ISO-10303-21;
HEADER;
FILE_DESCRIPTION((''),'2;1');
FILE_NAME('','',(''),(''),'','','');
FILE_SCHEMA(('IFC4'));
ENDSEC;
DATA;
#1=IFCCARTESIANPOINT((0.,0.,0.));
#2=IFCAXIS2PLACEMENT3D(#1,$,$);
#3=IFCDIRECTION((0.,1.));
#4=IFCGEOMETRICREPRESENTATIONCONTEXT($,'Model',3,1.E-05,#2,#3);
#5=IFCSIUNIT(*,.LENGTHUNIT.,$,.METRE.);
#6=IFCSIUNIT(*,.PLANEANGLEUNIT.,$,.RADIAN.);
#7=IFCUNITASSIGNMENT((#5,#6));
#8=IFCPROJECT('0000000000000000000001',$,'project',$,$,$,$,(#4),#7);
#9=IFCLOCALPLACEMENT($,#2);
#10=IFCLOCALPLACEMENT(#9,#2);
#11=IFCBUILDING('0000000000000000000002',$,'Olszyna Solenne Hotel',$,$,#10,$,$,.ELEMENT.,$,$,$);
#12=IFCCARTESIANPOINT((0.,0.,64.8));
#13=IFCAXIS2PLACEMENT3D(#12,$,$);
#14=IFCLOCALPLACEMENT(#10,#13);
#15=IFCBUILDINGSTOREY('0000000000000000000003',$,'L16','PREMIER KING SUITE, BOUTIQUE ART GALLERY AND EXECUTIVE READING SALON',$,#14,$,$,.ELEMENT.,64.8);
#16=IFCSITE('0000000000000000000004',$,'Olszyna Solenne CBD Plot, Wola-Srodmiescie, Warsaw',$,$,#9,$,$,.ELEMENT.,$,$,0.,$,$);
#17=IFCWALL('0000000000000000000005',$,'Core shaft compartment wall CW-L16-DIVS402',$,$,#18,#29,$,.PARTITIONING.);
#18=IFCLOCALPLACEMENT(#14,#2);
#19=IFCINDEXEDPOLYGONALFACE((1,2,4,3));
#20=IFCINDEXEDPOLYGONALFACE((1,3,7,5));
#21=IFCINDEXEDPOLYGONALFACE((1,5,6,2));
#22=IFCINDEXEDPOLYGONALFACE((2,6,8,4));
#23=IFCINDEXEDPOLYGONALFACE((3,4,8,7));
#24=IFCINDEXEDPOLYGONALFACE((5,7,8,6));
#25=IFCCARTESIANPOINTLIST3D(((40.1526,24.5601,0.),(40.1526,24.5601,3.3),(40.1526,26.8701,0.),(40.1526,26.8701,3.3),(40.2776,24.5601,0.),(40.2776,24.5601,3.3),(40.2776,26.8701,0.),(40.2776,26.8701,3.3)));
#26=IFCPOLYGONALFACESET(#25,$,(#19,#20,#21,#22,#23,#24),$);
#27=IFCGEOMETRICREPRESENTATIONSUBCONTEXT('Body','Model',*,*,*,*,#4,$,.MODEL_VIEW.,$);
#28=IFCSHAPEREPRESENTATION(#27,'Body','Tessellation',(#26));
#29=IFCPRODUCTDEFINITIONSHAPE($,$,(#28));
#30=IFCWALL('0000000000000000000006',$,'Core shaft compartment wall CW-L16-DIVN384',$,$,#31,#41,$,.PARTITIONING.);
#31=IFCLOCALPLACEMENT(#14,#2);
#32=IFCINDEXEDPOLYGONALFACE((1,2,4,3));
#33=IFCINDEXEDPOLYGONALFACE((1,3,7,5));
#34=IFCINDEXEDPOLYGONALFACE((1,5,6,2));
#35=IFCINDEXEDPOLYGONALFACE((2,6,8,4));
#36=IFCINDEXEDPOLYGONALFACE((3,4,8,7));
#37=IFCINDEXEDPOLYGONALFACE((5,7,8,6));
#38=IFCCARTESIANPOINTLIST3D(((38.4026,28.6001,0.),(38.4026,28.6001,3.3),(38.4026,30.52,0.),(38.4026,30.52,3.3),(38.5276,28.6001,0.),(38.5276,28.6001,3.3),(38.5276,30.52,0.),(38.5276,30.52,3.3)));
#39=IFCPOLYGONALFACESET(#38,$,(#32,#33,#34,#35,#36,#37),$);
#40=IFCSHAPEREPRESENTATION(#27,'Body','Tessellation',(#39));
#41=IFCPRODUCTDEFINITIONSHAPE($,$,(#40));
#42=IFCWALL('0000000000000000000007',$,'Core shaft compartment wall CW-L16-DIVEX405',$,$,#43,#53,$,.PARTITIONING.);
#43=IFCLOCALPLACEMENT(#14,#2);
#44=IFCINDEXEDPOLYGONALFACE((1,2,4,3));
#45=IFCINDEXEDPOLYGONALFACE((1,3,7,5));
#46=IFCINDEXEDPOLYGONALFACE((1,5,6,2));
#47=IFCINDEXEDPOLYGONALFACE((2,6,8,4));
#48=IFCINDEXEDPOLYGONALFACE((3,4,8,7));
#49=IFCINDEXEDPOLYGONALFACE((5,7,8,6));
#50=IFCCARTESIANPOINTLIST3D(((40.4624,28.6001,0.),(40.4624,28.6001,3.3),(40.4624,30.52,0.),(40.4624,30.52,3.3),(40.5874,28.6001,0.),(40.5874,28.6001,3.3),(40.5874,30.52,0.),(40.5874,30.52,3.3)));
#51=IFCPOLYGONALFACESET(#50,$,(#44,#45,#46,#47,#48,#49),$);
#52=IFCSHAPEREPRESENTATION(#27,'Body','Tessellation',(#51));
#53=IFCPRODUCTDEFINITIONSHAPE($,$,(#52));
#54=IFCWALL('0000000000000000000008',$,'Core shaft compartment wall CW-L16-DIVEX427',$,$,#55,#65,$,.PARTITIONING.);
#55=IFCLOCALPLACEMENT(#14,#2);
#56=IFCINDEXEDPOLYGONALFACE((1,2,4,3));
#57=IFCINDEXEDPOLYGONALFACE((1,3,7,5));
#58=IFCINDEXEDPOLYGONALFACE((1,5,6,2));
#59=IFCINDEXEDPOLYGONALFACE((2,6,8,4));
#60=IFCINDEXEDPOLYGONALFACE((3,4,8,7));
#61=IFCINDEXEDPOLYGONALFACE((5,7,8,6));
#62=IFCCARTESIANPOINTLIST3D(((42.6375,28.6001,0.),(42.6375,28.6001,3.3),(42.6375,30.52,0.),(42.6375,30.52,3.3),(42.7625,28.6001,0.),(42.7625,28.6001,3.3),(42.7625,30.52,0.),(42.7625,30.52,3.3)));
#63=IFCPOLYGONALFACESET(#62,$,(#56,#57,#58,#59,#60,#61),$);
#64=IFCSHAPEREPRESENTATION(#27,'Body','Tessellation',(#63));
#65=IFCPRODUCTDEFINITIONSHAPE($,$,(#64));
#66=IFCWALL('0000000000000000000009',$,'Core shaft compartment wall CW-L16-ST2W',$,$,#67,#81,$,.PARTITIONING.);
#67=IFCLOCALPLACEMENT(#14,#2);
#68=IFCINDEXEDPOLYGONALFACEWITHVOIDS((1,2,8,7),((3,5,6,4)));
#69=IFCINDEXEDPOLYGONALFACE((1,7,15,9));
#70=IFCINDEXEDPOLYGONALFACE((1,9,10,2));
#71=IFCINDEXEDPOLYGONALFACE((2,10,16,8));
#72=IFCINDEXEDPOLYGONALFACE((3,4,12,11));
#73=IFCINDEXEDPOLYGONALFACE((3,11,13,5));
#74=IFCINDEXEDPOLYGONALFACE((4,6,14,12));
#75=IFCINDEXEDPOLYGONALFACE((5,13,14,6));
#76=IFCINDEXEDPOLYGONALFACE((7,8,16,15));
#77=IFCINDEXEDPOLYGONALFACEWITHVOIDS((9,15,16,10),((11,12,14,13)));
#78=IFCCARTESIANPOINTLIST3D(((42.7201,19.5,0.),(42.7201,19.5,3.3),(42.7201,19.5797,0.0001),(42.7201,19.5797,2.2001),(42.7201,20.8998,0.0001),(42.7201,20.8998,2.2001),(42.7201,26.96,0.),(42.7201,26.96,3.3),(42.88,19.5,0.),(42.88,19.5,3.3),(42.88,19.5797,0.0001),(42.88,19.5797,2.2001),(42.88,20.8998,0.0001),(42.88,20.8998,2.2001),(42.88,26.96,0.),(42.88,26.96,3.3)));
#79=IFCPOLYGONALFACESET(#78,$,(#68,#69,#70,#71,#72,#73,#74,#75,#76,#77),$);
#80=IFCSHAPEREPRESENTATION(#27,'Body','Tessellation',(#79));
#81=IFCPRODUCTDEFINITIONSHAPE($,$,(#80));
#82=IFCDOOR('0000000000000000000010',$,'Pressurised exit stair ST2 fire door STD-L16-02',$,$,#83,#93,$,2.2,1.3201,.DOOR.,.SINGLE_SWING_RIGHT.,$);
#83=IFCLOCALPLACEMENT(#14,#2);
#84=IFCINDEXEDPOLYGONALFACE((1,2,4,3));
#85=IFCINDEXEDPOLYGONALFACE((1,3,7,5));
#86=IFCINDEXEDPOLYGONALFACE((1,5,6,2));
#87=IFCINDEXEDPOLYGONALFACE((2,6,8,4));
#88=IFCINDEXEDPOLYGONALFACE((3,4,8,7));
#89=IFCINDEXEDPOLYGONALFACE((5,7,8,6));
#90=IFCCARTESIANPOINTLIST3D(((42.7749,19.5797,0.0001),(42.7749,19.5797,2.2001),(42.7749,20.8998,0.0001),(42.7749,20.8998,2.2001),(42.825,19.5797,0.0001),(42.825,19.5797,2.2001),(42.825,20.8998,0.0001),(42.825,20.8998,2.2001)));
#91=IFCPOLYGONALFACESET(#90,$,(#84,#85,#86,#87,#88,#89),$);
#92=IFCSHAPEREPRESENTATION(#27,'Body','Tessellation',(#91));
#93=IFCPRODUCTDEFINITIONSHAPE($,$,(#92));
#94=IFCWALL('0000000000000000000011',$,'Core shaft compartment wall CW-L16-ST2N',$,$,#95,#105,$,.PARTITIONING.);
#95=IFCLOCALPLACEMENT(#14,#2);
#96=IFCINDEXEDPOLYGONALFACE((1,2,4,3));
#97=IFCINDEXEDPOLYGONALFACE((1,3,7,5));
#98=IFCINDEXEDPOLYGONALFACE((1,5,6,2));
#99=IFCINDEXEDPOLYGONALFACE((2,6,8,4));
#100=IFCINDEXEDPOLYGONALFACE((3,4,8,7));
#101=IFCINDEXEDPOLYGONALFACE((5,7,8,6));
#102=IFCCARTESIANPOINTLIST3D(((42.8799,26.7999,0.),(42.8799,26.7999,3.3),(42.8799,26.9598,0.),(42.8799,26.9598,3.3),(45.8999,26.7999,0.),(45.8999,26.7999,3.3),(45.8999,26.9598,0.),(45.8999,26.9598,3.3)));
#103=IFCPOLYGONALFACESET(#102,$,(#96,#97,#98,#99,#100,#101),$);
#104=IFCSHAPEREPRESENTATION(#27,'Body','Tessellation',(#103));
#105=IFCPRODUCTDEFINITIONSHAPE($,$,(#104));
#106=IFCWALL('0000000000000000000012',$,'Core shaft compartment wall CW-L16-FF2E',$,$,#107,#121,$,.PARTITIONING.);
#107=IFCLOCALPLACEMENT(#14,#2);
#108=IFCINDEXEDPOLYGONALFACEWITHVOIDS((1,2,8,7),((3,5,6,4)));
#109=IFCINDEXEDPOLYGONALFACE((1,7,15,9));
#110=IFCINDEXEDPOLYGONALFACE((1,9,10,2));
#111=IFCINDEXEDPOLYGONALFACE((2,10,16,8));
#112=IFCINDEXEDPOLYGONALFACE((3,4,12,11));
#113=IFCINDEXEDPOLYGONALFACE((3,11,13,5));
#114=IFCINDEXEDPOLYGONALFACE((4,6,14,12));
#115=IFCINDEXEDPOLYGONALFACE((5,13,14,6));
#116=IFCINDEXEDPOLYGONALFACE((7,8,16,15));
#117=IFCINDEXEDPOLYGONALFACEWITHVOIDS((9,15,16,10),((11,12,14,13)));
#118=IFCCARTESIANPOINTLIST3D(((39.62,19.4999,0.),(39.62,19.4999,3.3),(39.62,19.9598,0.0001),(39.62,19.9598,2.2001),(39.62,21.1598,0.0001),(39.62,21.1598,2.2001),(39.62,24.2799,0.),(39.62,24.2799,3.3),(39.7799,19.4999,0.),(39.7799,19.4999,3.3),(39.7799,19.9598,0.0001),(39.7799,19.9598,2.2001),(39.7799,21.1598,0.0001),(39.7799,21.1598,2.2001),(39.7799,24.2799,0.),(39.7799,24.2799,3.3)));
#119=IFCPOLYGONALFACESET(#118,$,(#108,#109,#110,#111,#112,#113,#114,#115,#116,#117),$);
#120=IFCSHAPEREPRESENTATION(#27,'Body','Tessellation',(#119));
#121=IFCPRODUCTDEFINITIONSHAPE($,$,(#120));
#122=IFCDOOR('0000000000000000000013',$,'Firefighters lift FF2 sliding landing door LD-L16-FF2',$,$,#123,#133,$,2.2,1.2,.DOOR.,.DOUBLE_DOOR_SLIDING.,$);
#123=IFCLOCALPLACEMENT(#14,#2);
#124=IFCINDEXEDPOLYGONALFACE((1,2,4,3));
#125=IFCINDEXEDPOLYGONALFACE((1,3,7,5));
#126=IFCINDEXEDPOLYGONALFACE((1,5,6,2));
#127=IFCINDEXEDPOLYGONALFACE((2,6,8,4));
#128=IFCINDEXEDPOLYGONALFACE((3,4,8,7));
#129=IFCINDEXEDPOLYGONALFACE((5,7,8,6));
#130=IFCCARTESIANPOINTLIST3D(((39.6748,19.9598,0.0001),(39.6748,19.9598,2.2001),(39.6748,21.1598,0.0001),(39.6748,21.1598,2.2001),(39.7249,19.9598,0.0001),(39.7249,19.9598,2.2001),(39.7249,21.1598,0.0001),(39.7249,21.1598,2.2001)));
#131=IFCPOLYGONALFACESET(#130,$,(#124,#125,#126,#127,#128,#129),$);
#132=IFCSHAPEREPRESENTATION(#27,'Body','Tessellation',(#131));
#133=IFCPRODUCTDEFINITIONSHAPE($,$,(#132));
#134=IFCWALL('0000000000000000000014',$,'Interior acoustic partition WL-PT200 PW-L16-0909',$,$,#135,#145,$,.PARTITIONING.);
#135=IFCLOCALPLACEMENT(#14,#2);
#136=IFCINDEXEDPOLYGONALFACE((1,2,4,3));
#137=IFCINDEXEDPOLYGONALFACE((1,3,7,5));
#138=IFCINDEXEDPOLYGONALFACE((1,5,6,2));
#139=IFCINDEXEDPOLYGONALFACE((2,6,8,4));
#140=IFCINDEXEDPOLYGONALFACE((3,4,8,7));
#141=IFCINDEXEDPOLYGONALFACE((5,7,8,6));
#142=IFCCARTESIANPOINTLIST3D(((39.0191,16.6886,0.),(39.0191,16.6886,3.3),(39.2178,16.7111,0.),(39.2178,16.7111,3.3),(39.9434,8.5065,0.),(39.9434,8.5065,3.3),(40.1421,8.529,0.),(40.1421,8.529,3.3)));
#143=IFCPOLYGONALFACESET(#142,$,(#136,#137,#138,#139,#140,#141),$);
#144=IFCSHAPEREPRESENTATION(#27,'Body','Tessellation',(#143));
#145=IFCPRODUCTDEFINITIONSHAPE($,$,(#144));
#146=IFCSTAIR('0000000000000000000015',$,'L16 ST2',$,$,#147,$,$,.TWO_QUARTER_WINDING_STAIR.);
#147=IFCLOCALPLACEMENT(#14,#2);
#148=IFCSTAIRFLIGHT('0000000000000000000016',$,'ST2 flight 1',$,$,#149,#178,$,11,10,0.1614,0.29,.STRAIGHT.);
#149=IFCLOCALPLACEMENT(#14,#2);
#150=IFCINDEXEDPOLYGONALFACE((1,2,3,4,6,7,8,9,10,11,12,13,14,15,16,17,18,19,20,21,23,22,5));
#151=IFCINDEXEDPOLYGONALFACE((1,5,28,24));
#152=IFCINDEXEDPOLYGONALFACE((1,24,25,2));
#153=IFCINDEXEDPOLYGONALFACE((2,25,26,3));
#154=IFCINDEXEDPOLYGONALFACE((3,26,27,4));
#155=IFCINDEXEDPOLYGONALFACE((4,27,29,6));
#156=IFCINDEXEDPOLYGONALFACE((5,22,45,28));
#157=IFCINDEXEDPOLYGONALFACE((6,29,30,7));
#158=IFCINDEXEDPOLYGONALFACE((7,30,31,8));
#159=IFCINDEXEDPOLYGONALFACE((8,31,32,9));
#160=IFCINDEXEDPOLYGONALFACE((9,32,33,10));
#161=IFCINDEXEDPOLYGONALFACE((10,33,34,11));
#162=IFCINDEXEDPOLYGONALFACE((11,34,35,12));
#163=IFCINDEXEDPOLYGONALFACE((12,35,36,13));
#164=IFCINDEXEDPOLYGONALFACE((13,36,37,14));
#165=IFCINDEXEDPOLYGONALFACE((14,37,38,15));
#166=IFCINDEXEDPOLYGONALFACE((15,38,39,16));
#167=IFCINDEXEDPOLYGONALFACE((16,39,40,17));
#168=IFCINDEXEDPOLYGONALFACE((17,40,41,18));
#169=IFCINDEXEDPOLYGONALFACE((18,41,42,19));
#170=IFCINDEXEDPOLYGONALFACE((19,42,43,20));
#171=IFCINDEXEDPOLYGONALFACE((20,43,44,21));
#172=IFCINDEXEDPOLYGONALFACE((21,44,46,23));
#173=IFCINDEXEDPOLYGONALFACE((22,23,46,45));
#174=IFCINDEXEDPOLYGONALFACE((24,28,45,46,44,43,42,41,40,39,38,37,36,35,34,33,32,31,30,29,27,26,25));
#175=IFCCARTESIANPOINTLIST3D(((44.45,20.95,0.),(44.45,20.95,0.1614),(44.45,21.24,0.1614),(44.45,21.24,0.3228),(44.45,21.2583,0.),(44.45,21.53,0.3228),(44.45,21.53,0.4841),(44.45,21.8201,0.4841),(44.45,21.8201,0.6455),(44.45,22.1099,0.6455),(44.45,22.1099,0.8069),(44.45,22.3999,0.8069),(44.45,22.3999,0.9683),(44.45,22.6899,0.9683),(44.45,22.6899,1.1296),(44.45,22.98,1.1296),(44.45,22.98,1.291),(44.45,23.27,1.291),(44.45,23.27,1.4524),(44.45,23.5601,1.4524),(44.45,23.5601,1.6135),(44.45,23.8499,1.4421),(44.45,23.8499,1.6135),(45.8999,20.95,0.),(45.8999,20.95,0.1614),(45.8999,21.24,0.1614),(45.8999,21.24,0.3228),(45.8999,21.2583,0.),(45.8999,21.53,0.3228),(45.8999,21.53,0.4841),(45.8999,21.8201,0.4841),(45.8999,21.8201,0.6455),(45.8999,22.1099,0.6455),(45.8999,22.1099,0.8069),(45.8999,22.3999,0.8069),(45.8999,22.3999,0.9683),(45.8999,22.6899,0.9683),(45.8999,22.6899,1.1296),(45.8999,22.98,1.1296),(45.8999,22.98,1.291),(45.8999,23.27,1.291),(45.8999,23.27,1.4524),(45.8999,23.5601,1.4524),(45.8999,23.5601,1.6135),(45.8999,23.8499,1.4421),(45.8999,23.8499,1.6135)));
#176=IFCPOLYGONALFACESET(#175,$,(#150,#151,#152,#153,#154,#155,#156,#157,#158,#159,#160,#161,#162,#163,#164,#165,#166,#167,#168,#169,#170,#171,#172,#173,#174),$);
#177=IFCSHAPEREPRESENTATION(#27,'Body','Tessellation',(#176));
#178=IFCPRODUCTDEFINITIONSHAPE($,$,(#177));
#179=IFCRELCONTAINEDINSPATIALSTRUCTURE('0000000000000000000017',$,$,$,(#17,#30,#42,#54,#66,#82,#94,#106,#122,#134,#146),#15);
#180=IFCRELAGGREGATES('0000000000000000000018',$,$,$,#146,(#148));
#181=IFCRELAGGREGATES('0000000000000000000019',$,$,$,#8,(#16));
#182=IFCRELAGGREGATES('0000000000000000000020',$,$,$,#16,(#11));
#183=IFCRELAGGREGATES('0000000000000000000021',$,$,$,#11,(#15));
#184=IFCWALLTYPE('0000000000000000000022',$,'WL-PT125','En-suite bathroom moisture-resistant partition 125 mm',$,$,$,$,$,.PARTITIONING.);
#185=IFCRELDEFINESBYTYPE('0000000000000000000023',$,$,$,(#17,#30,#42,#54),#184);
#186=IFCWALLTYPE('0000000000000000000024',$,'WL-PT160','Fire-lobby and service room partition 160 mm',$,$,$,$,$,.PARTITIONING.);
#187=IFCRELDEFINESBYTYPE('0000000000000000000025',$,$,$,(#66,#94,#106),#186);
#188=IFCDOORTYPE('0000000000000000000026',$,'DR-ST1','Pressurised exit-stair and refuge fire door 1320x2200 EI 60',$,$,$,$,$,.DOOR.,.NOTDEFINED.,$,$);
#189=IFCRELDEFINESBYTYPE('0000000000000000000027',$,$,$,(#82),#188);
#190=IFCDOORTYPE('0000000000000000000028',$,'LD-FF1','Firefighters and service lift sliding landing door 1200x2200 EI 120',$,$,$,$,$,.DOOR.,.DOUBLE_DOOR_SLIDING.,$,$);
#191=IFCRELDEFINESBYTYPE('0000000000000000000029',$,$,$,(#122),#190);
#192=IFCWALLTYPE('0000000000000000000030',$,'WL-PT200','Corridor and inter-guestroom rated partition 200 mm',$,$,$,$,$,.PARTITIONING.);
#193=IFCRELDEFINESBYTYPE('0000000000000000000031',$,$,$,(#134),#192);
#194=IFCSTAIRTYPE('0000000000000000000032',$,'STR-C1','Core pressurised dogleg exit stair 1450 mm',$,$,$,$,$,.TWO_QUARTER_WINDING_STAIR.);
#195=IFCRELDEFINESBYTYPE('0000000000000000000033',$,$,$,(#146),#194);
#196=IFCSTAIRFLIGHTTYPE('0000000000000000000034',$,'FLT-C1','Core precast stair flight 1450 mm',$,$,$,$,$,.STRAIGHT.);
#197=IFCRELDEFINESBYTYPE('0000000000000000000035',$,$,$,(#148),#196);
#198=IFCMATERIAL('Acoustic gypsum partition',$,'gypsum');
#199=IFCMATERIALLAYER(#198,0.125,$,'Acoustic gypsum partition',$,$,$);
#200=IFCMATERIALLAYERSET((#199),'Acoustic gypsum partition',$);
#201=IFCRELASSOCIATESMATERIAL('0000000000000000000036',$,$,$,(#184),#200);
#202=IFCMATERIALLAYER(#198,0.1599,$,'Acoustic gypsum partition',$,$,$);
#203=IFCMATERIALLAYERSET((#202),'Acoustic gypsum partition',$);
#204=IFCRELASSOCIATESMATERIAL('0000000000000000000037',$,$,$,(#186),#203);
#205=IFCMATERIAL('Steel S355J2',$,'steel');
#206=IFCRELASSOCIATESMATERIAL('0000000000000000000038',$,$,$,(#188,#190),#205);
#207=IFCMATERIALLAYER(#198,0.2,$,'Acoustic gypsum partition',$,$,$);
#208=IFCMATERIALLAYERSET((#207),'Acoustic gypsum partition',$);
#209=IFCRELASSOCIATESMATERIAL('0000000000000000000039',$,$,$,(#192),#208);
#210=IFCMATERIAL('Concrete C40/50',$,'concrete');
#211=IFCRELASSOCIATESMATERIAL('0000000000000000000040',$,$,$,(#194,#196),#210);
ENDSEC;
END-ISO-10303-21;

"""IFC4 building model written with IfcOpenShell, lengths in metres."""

from ifc_helpers import new_model, si_unit, direction, frame, frame_2d, origin, place, context, subcontext, project, spatial, polyline, rectangle, outline, extrude, source, transform, mapped, material, layer, layer_set, type_object, type_shapes, element, fill, aggregate, save


model = new_model("IFC4")

# Units and contexts
model_context = context("Model", 3, precision=1e-05, world=origin(), true_north=direction((0.0, 1.0)))
body_context = subcontext(model_context, "Body", "Model", "MODEL_VIEW")
ifc_project = project(units=[si_unit("LENGTHUNIT", "METRE"), si_unit("PLANEANGLEUNIT", "RADIAN")], contexts=[model_context])

# Site, building, storey
site_placement = place(None, origin())
site = spatial("IfcSite", under=ifc_project, at=site_placement, Name="Olszyna Solenne CBD Plot, Wola-Srodmiescie, Warsaw", CompositionType="ELEMENT", RefElevation=0.0)
building_placement = place(site_placement, origin())
building = spatial("IfcBuilding", under=site, at=building_placement, Name="Olszyna Solenne Hotel", CompositionType="ELEMENT")
storey_placement = place(building_placement, frame((0.0, 0.0, 64.8)))
storey = spatial("IfcBuildingStorey", under=building, at=storey_placement, Name="L16", Description="PREMIER KING SUITE, BOUTIQUE ART GALLERY AND EXECUTIVE READING SALON", CompositionType="ELEMENT", Elevation=64.8)

# Walls
ifc_material_1 = material(Name="Acoustic gypsum partition", Category="gypsum")
ifc_layer_1 = layer(ifc_material_1, 0.125, Name="Acoustic gypsum partition")
ifc_layer_set_1 = layer_set([ifc_layer_1], Name="Acoustic gypsum partition")
wall_type_1 = type_object("IfcWallType", Name="WL-PT125", Description="En-suite bathroom moisture-resistant partition 125 mm", PredefinedType="PARTITIONING", material=ifc_layer_set_1)
wall_1_placement = place(storey_placement, frame((40.2151, 24.5601, 0.0), z_axis=(0.0, 0.0, 1.0), x_axis=(0.0, 1.0, 0.0)))
element("IfcWall", 1, at=wall_1_placement, inside=storey, type_object=wall_type_1, Name="Core shaft compartment wall CW-L16-DIVS402", PredefinedType="PARTITIONING", context=body_context, shape_type="SweptSolid", body=[
    extrude(rectangle(XDim=2.3101, YDim=0.125, at=frame_2d((1.155, 0.0))), origin(), (0.0, 0.0, 1.0), 3.3),
])
for number, where, z_axis, x_axis, name in (
    (2, (38.4651, 28.6001, 0.0), (0.0, 0.0, 1.0), (0.0, 1.0, 0.0), "Core shaft compartment wall CW-L16-DIVN384"),
    (3, (40.5249, 28.6001, 0.0), (0.0, 0.0, 1.0), (0.0, 1.0, 0.0), "Core shaft compartment wall CW-L16-DIVEX405"),
    (4, (42.7, 28.6001, 0.0), (0.0, 0.0, 1.0), (0.0, 1.0, 0.0), "Core shaft compartment wall CW-L16-DIVEX427"),
):
    element("IfcWall", number, at=place(storey_placement, frame(where, z_axis=z_axis, x_axis=x_axis)), inside=storey, type_object=wall_type_1, Name=name, PredefinedType="PARTITIONING", context=body_context, shape_type="SweptSolid", body=[
        extrude(rectangle(XDim=1.9199, YDim=0.125, at=frame_2d((0.96, 0.0))), origin(), (0.0, 0.0, 1.0), 3.3),
    ])

# Wall, opening, door
ifc_layer_2 = layer(ifc_material_1, 0.1599, Name="Acoustic gypsum partition")
ifc_layer_set_2 = layer_set([ifc_layer_2], Name="Acoustic gypsum partition")
wall_type_2 = type_object("IfcWallType", Name="WL-PT160", Description="Fire-lobby and service room partition 160 mm", PredefinedType="PARTITIONING", material=ifc_layer_set_2)
wall_2_placement = place(storey_placement, frame((42.8, 26.96, 0.0), z_axis=(0.0, 0.0, 1.0), x_axis=(0.0, -1.0, 0.0)))
wall_2 = element("IfcWall", 5, at=wall_2_placement, inside=storey, type_object=wall_type_2, Name="Core shaft compartment wall CW-L16-ST2W", PredefinedType="PARTITIONING", context=body_context, shape_type="SweptSolid", body=[
    extrude(rectangle(XDim=7.46, YDim=0.1599, at=frame_2d((3.73, 0.0))), origin(), (0.0, 0.0, 1.0), 3.3),
])
opening_1_placement = place(wall_2_placement, frame((6.0601, 0.0, 0.0)))
opening_1 = element("IfcOpeningElement", 6, at=opening_1_placement, cuts=wall_2, PredefinedType="OPENING", context=body_context, shape_type="SweptSolid", body=[
    extrude(rectangle(XDim=1.3201, YDim=2.2, at=frame_2d((0.6602, 1.1001))), frame((0.0, 0.0898, 0.0), z_axis=(0.0, -1.0, 0.0), x_axis=(1.0, 0.0, 0.0)), (0.0, 0.0, 1.0), 0.1799),
])
ifc_material_2 = material(Name="Steel S355J2", Category="steel")
door_type_1 = type_object("IfcDoorType", Name="DR-ST1", Description="Pressurised exit-stair and refuge fire door 1320x2200 EI 60", OperationType="NOTDEFINED", PredefinedType="DOOR", material=ifc_material_2)
shared_shape_1 = source(origin(), body_context, "Body", "SweptSolid", [
    extrude(rectangle(XDim=1.3201, YDim=2.2, at=frame_2d((0.6602, 1.1001))), frame((0.0, 0.0249, 0.0), z_axis=(0.0, -1.0, 0.0), x_axis=(1.0, 0.0, 0.0)), (0.0, 0.0, 1.0), 0.05),
])
type_shapes(door_type_1, [shared_shape_1])
door_1_placement = place(opening_1_placement, origin())
door_1 = element("IfcDoor", 7, at=door_1_placement, inside=storey, type_object=door_type_1, Name="Pressurised exit stair ST2 fire door STD-L16-02", OperationType="SINGLE_SWING_RIGHT", OverallHeight=2.2, OverallWidth=1.3201, PredefinedType="DOOR", context=body_context, shape_type="MappedRepresentation", body=[
    mapped(shared_shape_1, transform((0.0, 0.0, 0.0), x_axis=(1.0, 0.0, 0.0), y_axis=(0.0, 1.0, 0.0), z_axis=(0.0, 0.0, 1.0), scale=1.0)),
])
fill(opening_1, door_1)

# Wall
wall_3_placement = place(storey_placement, frame((42.8799, 26.8799, 0.0), z_axis=(0.0, 0.0, 1.0), x_axis=(1.0, 0.0, 0.0)))
element("IfcWall", 8, at=wall_3_placement, inside=storey, type_object=wall_type_2, Name="Core shaft compartment wall CW-L16-ST2N", PredefinedType="PARTITIONING", context=body_context, shape_type="SweptSolid", body=[
    extrude(rectangle(XDim=3.02, YDim=0.1599, at=frame_2d((1.51, 0.0))), origin(), (0.0, 0.0, 1.0), 3.3),
])

# Wall, opening, door
wall_4_placement = place(storey_placement, frame((39.7, 24.28, 0.0), z_axis=(0.0, 0.0, 1.0), x_axis=(0.0, -1.0, 0.0)))
wall_4 = element("IfcWall", 9, at=wall_4_placement, inside=storey, type_object=wall_type_2, Name="Core shaft compartment wall CW-L16-FF2E", PredefinedType="PARTITIONING", context=body_context, shape_type="SweptSolid", body=[
    extrude(rectangle(XDim=4.78, YDim=0.1599, at=frame_2d((2.3901, 0.0))), origin(), (0.0, 0.0, 1.0), 3.3),
])
opening_2_placement = place(wall_4_placement, frame((3.1201, 0.0, 0.0)))
opening_2 = element("IfcOpeningElement", 10, at=opening_2_placement, cuts=wall_4, PredefinedType="OPENING", context=body_context, shape_type="SweptSolid", body=[
    extrude(rectangle(XDim=1.2, YDim=2.2, at=frame_2d((0.6001, 1.1001))), frame((0.0, 0.0898, 0.0), z_axis=(0.0, -1.0, 0.0), x_axis=(1.0, 0.0, 0.0)), (0.0, 0.0, 1.0), 0.1799),
])
door_type_2 = type_object("IfcDoorType", Name="LD-FF1", Description="Firefighters and service lift sliding landing door 1200x2200 EI 120", OperationType="DOUBLE_DOOR_SLIDING", PredefinedType="DOOR", material=ifc_material_2)
shared_shape_2 = source(origin(), body_context, "Body", "SweptSolid", [
    extrude(rectangle(XDim=1.2, YDim=2.2, at=frame_2d((0.6001, 1.1001))), frame((0.0, 0.0249, 0.0), z_axis=(0.0, -1.0, 0.0), x_axis=(1.0, 0.0, 0.0)), (0.0, 0.0, 1.0), 0.05),
])
type_shapes(door_type_2, [shared_shape_2])
door_2_placement = place(opening_2_placement, origin())
door_2 = element("IfcDoor", 11, at=door_2_placement, inside=storey, type_object=door_type_2, Name="Firefighters lift FF2 sliding landing door LD-L16-FF2", OperationType="DOUBLE_DOOR_SLIDING", OverallHeight=2.2, OverallWidth=1.2, PredefinedType="DOOR", context=body_context, shape_type="MappedRepresentation", body=[
    mapped(shared_shape_2, transform((0.0, 0.0, 0.0), x_axis=(1.0, 0.0, 0.0), y_axis=(0.0, 1.0, 0.0), z_axis=(0.0, 0.0, 1.0), scale=1.0)),
])
fill(opening_2, door_2)

# Wall
ifc_layer_3 = layer(ifc_material_1, 0.2, Name="Acoustic gypsum partition")
ifc_layer_set_3 = layer_set([ifc_layer_3], Name="Acoustic gypsum partition")
wall_type_3 = type_object("IfcWallType", Name="WL-PT200", Description="Corridor and inter-guestroom rated partition 200 mm", PredefinedType="PARTITIONING", material=ifc_layer_set_3)
wall_5_placement = place(storey_placement, frame((39.1184, 16.7, 0.0), z_axis=(0.0, 0.0, 1.0), x_axis=(0.112254, -0.99368, 0.0)))
element("IfcWall", 12, at=wall_5_placement, inside=storey, type_object=wall_type_3, Name="Interior acoustic partition WL-PT200 PW-L16-0909", PredefinedType="PARTITIONING", context=body_context, shape_type="SweptSolid", body=[
    extrude(rectangle(XDim=8.2341, YDim=0.2, at=frame_2d((4.1172, 0.0))), origin(), (0.0, 0.0, 1.0), 3.3),
])

# Stair, stair flight
ifc_material_3 = material(Name="Concrete C40/50", Category="concrete")
stair_type = type_object("IfcStairType", Name="STR-C1", Description="Core pressurised dogleg exit stair 1450 mm", PredefinedType="TWO_QUARTER_WINDING_STAIR", material=ifc_material_3)
stair_placement = place(storey_placement, origin())
stair = element("IfcStair", 13, at=stair_placement, inside=storey, type_object=stair_type, Name="L16 ST2", PredefinedType="TWO_QUARTER_WINDING_STAIR")
stair_flight_type = type_object("IfcStairFlightType", Name="FLT-C1", Description="Core precast stair flight 1450 mm", PredefinedType="STRAIGHT", material=ifc_material_3)
stair_flight_1_placement = place(storey_placement, frame((45.175, 20.95, 0.0), z_axis=(0.0, 0.0, 1.0), x_axis=(0.0, 1.0, 0.0)))
stair_flight_1 = element("IfcStairFlight", 14, at=stair_flight_1_placement, type_object=stair_flight_type, Name="ST2 flight 1", NumberOfRisers=11, NumberOfTreads=10, PredefinedType="STRAIGHT", RiserHeight=0.1614, TreadLength=0.29, context=body_context, shape_type="SweptSolid", body=[
    extrude(outline(polyline([(0.0, 0.0), (0.0, 0.1614), (0.29, 0.1614), (0.29, 0.3228), (0.5801, 0.3228), (0.5801, 0.4841), (0.8701, 0.4841), (0.8701, 0.6455), (1.1599, 0.6455), (1.1599, 0.8069), (1.45, 0.8069), (1.45, 0.9683), (1.74, 0.9683), (1.74, 1.1296), (2.03, 1.1296), (2.03, 1.291), (2.3201, 1.291), (2.3201, 1.4524), (2.6101, 1.4524), (2.6101, 1.6135), (2.8999, 1.6135), (2.8999, 1.7749), (2.8999, 1.4421), (0.3083, 0.0), (0.0, 0.0)])), frame((0.0, 0.7251, 0.0), z_axis=(0.0, -1.0, 0.0), x_axis=(1.0, 0.0, 0.0)), (0.0, 0.0, 1.0), 1.45),
])
aggregate(stair, [stair_flight_1])

save(model, "model.ifc")
